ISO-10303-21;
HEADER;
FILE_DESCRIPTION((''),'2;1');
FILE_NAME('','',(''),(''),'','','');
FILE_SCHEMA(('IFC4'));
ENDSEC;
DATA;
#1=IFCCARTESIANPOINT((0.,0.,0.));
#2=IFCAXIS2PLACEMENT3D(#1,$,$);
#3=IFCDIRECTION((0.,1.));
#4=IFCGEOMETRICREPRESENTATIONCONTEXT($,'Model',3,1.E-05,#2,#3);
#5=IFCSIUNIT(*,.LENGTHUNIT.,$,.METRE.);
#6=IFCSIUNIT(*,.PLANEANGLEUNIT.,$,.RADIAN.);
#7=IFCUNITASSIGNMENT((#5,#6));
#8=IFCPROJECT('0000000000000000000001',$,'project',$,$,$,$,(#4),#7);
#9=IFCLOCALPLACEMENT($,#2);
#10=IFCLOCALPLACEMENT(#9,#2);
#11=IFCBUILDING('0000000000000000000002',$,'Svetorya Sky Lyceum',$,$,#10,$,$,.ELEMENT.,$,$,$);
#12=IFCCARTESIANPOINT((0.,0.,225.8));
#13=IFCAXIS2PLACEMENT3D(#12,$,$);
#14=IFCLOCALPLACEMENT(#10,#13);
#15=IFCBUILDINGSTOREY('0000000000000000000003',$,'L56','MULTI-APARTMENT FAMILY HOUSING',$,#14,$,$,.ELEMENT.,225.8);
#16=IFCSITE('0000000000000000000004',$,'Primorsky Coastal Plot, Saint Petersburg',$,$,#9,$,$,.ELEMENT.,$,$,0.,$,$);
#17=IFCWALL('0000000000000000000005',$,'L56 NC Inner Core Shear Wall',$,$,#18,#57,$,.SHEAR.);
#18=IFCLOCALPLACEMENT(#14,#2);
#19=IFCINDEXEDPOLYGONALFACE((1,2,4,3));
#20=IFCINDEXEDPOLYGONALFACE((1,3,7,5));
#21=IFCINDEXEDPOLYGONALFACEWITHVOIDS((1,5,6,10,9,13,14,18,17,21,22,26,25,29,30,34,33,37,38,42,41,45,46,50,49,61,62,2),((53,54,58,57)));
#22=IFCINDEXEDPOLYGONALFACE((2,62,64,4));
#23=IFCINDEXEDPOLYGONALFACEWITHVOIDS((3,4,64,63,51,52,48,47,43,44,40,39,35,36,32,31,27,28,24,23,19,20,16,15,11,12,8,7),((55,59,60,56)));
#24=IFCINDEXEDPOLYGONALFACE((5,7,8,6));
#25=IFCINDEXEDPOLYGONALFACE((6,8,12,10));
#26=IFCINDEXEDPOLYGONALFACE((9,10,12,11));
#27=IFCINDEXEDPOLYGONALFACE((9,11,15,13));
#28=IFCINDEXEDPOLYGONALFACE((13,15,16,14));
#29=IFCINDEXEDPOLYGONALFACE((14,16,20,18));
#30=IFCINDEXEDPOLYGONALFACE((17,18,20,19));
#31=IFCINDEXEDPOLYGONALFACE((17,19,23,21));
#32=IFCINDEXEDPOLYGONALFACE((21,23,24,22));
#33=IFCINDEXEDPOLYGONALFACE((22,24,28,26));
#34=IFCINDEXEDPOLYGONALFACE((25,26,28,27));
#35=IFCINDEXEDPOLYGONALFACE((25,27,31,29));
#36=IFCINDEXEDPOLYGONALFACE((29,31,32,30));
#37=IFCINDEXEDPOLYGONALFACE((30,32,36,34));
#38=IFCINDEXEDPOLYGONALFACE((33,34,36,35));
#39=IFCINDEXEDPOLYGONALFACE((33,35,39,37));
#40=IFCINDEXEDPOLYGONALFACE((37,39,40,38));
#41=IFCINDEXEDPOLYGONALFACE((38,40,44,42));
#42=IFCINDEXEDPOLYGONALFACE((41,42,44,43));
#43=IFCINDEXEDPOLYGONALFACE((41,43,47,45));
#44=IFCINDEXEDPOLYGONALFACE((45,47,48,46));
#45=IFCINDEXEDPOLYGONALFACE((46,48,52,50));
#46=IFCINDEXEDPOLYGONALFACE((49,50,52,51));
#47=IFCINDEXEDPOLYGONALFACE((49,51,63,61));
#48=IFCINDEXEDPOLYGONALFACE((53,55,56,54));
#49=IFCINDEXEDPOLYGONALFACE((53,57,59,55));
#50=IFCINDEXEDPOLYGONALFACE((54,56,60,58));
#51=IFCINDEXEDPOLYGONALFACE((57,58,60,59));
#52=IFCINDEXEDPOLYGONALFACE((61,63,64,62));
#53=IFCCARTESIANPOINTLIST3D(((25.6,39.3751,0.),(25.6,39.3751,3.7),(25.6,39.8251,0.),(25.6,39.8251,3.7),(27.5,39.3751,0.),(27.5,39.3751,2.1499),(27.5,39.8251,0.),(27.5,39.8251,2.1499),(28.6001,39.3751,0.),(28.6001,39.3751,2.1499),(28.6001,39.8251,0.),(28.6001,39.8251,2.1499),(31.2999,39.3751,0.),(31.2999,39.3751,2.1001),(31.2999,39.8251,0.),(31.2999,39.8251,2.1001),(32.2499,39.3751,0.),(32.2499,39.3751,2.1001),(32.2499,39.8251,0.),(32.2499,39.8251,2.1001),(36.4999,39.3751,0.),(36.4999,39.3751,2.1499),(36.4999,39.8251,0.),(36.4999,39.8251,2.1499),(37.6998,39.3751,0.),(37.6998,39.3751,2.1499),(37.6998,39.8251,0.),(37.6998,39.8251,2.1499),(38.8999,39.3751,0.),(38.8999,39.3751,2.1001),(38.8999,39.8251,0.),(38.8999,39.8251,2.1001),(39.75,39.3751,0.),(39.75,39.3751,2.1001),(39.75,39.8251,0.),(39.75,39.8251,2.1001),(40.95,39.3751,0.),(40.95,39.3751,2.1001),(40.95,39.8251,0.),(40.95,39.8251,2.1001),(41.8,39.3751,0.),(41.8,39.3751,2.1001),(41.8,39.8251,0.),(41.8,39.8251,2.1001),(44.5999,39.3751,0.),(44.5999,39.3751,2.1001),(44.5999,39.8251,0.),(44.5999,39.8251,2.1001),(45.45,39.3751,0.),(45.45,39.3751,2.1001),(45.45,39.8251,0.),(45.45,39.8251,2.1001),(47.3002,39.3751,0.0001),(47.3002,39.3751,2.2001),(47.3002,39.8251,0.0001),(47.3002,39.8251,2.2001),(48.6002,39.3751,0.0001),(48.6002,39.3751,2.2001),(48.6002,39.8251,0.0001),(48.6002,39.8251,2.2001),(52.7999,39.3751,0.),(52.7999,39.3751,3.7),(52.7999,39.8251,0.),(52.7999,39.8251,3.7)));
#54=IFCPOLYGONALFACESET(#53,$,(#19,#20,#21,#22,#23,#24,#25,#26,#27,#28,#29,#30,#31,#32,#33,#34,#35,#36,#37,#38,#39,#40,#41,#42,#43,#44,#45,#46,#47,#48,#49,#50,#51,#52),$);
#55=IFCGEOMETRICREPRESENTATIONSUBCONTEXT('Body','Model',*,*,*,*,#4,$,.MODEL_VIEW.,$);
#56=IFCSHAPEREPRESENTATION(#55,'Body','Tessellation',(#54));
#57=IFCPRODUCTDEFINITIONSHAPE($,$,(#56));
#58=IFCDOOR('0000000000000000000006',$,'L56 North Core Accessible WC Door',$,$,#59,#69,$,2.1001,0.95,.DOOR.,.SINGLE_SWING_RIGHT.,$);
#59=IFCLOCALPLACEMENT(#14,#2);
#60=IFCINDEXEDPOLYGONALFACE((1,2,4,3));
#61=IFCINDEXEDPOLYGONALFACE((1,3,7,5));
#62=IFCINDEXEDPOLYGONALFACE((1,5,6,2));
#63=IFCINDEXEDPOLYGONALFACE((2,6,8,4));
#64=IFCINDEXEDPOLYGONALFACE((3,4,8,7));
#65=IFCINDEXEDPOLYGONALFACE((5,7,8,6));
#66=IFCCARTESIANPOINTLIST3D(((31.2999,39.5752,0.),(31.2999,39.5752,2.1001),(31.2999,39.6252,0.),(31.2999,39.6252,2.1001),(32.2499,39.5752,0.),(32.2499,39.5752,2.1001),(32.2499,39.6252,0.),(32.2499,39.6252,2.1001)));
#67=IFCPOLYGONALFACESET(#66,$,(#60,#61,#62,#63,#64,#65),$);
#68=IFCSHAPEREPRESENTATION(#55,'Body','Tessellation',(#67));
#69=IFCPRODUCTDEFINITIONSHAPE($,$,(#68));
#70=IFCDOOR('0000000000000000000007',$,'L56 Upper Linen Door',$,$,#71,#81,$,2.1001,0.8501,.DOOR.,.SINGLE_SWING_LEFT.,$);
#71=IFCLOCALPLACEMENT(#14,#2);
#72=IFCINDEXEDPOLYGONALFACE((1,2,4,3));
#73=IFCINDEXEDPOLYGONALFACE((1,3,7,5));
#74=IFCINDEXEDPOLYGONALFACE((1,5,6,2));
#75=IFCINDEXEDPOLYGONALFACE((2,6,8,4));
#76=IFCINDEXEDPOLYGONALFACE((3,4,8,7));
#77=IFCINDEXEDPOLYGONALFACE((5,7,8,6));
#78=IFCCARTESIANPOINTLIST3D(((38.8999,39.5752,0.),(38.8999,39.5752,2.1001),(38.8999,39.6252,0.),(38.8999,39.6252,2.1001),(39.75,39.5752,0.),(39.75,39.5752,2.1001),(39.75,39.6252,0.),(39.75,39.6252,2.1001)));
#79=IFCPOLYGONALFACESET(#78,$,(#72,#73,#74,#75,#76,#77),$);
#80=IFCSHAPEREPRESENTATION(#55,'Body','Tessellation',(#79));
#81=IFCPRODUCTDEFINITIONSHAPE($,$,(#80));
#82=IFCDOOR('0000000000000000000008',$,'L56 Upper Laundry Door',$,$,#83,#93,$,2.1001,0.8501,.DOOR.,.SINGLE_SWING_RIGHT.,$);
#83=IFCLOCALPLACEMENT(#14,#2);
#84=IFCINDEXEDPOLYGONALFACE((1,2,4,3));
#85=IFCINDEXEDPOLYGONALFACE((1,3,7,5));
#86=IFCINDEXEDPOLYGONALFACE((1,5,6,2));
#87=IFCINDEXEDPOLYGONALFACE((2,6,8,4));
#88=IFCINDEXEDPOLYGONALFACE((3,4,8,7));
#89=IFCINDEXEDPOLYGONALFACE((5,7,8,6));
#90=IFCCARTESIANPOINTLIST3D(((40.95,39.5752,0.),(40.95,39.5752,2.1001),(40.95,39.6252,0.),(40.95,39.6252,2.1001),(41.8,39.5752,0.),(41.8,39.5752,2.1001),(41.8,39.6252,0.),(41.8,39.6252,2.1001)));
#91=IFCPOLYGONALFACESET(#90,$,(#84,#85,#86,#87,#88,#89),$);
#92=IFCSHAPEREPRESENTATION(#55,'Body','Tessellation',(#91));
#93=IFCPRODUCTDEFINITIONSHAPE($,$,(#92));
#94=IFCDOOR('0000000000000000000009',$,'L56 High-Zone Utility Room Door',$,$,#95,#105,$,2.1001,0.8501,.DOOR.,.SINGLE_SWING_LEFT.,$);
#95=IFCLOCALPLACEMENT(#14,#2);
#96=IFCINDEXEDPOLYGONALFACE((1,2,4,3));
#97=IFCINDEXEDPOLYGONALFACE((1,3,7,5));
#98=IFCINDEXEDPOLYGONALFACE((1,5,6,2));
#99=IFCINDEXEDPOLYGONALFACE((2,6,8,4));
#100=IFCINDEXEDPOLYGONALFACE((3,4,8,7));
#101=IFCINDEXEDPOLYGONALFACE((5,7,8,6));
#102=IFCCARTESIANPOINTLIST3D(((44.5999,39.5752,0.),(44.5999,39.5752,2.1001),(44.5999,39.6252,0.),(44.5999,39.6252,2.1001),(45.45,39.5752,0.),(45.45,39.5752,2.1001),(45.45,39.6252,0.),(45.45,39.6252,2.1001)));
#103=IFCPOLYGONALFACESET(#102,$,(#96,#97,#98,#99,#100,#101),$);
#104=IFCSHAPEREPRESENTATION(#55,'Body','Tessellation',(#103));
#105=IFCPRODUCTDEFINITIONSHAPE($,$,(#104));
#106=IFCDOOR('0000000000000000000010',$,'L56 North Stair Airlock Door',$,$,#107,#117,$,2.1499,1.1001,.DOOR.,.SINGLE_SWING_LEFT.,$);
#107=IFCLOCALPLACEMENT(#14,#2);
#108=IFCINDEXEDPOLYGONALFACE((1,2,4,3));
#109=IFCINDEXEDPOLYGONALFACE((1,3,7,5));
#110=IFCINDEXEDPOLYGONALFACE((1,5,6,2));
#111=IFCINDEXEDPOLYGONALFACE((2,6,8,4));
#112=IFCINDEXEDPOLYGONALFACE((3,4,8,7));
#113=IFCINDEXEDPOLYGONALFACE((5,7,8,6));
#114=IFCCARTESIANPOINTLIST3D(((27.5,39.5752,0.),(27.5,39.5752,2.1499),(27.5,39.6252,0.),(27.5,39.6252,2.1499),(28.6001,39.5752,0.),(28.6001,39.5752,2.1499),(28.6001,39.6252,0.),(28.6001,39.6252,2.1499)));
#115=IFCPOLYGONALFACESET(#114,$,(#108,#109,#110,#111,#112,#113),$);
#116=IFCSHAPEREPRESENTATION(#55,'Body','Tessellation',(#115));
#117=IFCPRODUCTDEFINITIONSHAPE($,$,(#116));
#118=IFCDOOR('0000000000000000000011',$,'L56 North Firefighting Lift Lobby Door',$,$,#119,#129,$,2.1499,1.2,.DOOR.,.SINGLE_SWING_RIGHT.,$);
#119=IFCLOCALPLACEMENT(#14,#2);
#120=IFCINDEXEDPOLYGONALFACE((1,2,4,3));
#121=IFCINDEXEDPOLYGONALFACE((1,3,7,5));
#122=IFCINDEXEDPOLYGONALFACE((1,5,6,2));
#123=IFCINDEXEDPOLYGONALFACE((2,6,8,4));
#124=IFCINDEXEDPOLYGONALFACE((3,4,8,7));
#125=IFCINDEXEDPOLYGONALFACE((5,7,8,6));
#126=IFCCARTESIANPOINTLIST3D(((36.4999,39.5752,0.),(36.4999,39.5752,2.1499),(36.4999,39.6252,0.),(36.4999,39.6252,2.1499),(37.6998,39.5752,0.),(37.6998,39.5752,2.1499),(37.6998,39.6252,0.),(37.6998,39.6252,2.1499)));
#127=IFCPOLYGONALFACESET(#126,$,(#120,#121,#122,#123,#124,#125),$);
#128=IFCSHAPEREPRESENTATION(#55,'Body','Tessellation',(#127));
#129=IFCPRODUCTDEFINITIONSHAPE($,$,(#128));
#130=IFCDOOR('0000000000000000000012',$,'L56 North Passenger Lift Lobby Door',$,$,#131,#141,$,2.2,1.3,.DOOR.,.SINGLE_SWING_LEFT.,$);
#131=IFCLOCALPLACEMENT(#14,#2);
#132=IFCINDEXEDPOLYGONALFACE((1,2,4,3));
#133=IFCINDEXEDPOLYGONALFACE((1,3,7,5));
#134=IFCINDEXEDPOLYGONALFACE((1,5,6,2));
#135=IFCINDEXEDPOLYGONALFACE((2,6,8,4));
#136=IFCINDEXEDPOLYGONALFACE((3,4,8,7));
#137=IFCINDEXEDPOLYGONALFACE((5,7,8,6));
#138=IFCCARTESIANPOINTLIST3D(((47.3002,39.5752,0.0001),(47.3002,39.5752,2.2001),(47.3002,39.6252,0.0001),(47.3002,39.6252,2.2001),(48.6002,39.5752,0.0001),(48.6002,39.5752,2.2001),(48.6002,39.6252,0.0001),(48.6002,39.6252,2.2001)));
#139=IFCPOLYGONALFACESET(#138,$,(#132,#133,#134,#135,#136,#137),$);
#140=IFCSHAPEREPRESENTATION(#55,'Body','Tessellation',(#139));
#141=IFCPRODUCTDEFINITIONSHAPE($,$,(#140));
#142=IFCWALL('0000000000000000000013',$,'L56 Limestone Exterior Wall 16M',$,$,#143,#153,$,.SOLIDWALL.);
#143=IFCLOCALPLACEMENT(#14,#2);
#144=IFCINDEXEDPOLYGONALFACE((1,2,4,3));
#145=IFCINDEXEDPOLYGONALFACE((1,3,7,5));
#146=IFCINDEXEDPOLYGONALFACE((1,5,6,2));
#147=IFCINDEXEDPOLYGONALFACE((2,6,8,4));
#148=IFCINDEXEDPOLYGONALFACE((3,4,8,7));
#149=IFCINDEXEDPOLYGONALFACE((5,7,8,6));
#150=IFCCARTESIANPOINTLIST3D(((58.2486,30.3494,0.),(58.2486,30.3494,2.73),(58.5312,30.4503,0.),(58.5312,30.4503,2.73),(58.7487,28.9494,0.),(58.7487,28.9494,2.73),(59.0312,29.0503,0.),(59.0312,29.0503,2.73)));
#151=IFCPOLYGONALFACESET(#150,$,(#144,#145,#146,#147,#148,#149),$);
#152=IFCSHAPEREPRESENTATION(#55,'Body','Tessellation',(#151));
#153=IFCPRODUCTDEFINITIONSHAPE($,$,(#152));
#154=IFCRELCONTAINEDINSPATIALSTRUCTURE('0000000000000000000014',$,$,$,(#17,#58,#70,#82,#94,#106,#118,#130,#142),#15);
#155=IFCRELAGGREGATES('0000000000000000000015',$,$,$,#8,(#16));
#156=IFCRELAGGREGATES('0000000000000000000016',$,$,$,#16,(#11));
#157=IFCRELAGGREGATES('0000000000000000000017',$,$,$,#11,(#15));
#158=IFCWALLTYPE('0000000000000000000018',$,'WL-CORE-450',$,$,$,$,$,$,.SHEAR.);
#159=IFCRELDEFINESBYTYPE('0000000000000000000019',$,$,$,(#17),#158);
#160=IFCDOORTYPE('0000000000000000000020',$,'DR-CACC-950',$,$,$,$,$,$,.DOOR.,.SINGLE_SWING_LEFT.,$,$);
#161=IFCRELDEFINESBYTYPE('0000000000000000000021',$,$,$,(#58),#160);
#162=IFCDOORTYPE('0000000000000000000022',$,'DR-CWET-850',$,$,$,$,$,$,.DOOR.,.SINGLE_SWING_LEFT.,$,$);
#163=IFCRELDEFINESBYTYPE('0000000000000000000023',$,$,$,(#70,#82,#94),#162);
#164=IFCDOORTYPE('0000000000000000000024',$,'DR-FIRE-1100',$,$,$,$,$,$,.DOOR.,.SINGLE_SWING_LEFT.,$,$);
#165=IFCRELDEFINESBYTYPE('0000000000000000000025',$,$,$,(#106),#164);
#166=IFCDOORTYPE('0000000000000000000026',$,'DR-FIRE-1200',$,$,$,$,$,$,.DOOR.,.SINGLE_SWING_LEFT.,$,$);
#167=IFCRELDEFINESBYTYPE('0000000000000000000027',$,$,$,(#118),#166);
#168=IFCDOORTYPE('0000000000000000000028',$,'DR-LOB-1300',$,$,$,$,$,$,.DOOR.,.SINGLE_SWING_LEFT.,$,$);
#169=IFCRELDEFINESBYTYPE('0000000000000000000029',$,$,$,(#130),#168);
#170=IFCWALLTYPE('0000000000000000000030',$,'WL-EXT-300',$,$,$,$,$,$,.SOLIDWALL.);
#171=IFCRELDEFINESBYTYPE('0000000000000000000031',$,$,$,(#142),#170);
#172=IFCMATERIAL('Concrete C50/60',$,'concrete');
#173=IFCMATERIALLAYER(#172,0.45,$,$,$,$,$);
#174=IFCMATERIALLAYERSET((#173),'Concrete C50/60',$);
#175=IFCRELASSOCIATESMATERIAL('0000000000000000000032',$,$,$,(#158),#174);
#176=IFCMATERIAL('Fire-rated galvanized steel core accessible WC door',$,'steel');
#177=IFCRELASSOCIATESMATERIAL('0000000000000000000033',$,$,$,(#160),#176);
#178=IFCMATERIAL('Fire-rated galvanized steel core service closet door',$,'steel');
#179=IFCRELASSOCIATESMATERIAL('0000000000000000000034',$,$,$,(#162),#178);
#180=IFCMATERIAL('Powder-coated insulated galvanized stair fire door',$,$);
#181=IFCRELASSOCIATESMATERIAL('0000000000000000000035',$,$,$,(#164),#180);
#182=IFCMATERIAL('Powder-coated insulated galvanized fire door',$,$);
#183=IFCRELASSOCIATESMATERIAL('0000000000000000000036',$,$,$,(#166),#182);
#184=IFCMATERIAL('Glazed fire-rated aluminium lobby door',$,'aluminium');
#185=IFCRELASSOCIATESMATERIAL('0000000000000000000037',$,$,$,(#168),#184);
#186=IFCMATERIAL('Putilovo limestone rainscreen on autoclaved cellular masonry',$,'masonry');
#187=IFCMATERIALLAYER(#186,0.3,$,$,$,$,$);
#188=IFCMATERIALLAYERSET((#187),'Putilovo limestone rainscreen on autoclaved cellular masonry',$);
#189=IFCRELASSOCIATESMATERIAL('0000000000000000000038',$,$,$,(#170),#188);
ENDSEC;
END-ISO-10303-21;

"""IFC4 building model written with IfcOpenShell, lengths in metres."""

from ifc_helpers import new_model, si_unit, direction, frame, frame_2d, origin, place, context, subcontext, project, spatial, rectangle, extrude, material, layer, layer_set, type_object, element, fill, save


model = new_model("IFC4")

# Units and contexts
model_context = context("Model", 3, precision=1e-05, world=origin(), true_north=direction((0.0, 1.0)))
body_context = subcontext(model_context, "Body", "Model", "MODEL_VIEW")
ifc_project = project(units=[si_unit("LENGTHUNIT", "METRE"), si_unit("PLANEANGLEUNIT", "RADIAN")], contexts=[model_context])

# Site, building, storey
site_placement = place(None, origin())
site = spatial("IfcSite", under=ifc_project, at=site_placement, Name="Primorsky Coastal Plot, Saint Petersburg", CompositionType="ELEMENT", RefElevation=0.0)
building_placement = place(site_placement, origin())
building = spatial("IfcBuilding", under=site, at=building_placement, Name="Svetorya Sky Lyceum", CompositionType="ELEMENT")
storey_placement = place(building_placement, frame((0.0, 0.0, 225.8)))
storey = spatial("IfcBuildingStorey", under=building, at=storey_placement, Name="L56", Description="MULTI-APARTMENT FAMILY HOUSING", CompositionType="ELEMENT", Elevation=225.8)

# Shared definitions
ifc_material_1 = material(Name="Concrete C50/60", Category="concrete")

# Wall, openings, doors
ifc_layer_1 = layer(ifc_material_1, 0.45)
ifc_layer_set_1 = layer_set([ifc_layer_1], Name="Concrete C50/60")
wall_type_1 = type_object("IfcWallType", Name="WL-CORE-450", PredefinedType="SHEAR", material=ifc_layer_set_1)
wall_1_placement = place(storey_placement, frame((52.8, 39.6001, 0.0), z_axis=(0.0, 0.0, 1.0), x_axis=(-1.0, 0.0, 0.0)))
wall_1 = element("IfcWall", 1, at=wall_1_placement, inside=storey, type_object=wall_type_1, Name="L56 NC Inner Core Shear Wall", PredefinedType="SHEAR", context=body_context, shape_type="SweptSolid", body=[
    extrude(rectangle(XDim=27.2, YDim=0.45, at=frame_2d((13.6001, 0.0))), origin(), (0.0, 0.0, 1.0), 3.7),
])
opening_1_placement = place(wall_1_placement, frame((24.2, 0.0, 0.0)))
opening_1 = element("IfcOpeningElement", 2, at=opening_1_placement, cuts=wall_1, PredefinedType="OPENING", context=body_context, shape_type="SweptSolid", body=[
    extrude(rectangle(XDim=1.1001, YDim=2.1499, at=frame_2d((0.55, 1.075))), frame((0.0, 0.2349, 0.0), z_axis=(0.0, -1.0, 0.0), x_axis=(1.0, 0.0, 0.0)), (0.0, 0.0, 1.0), 0.47),
])
opening_2_placement = place(wall_1_placement, frame((20.55, 0.0, 0.0)))
opening_2 = element("IfcOpeningElement", 3, at=opening_2_placement, cuts=wall_1, PredefinedType="OPENING", context=body_context, shape_type="SweptSolid", body=[
    extrude(rectangle(XDim=0.95, YDim=2.1001, at=frame_2d((0.4751, 1.05))), frame((0.0, 0.2349, 0.0), z_axis=(0.0, -1.0, 0.0), x_axis=(1.0, 0.0, 0.0)), (0.0, 0.0, 1.0), 0.47),
])
opening_3_placement = place(wall_1_placement, frame((15.1001, 0.0, 0.0)))
opening_3 = element("IfcOpeningElement", 4, at=opening_3_placement, cuts=wall_1, PredefinedType="OPENING", context=body_context, shape_type="SweptSolid", body=[
    extrude(rectangle(XDim=1.2, YDim=2.1499, at=frame_2d((0.6001, 1.075))), frame((0.0, 0.2349, 0.0), z_axis=(0.0, -1.0, 0.0), x_axis=(1.0, 0.0, 0.0)), (0.0, 0.0, 1.0), 0.47),
])
opening_4_placement = place(wall_1_placement, frame((13.05, 0.0, 0.0)))
opening_4 = element("IfcOpeningElement", 5, at=opening_4_placement, cuts=wall_1, PredefinedType="OPENING", context=body_context, shape_type="SweptSolid", body=[
    extrude(rectangle(XDim=0.8501, YDim=2.1001, at=frame_2d((0.425, 1.05))), frame((0.0, 0.2349, 0.0), z_axis=(0.0, -1.0, 0.0), x_axis=(1.0, 0.0, 0.0)), (0.0, 0.0, 1.0), 0.47),
])
opening_5_placement = place(wall_1_placement, frame((11.0, 0.0, 0.0)))
opening_5 = element("IfcOpeningElement", 6, at=opening_5_placement, cuts=wall_1, PredefinedType="OPENING", context=body_context, shape_type="SweptSolid", body=[
    extrude(rectangle(XDim=0.8501, YDim=2.1001, at=frame_2d((0.425, 1.05))), frame((0.0, 0.2349, 0.0), z_axis=(0.0, -1.0, 0.0), x_axis=(1.0, 0.0, 0.0)), (0.0, 0.0, 1.0), 0.47),
])
opening_6_placement = place(wall_1_placement, frame((7.3501, 0.0, 0.0)))
opening_6 = element("IfcOpeningElement", 7, at=opening_6_placement, cuts=wall_1, PredefinedType="OPENING", context=body_context, shape_type="SweptSolid", body=[
    extrude(rectangle(XDim=0.8501, YDim=2.1001, at=frame_2d((0.425, 1.05))), frame((0.0, 0.2349, 0.0), z_axis=(0.0, -1.0, 0.0), x_axis=(1.0, 0.0, 0.0)), (0.0, 0.0, 1.0), 0.47),
])
opening_7_placement = place(wall_1_placement, frame((4.2, 0.0, 0.0)))
opening_7 = element("IfcOpeningElement", 8, at=opening_7_placement, cuts=wall_1, PredefinedType="OPENING", context=body_context, shape_type="SweptSolid", body=[
    extrude(rectangle(XDim=1.3, YDim=2.2, at=frame_2d((0.6499, 1.1001))), frame((0.0, 0.2349, 0.0), z_axis=(0.0, -1.0, 0.0), x_axis=(1.0, 0.0, 0.0)), (0.0, 0.0, 1.0), 0.47),
])
ifc_material_2 = material(Name="Fire-rated galvanized steel core accessible WC door", Category="steel")
door_type_1 = type_object("IfcDoorType", Name="DR-CACC-950", OperationType="SINGLE_SWING_LEFT", PredefinedType="DOOR", material=ifc_material_2)
door_1_placement = place(opening_2_placement, origin())
door_1 = element("IfcDoor", 9, at=door_1_placement, inside=storey, type_object=door_type_1, Name="L56 North Core Accessible WC Door", OperationType="SINGLE_SWING_RIGHT", OverallHeight=2.1001, OverallWidth=0.95, PredefinedType="DOOR", context=body_context, shape_type="SweptSolid", body=[
    extrude(rectangle(XDim=0.95, YDim=2.1001, at=frame_2d((0.4751, 1.05))), frame((0.0, 0.0249, 0.0), z_axis=(0.0, -1.0, 0.0), x_axis=(1.0, 0.0, 0.0)), (0.0, 0.0, 1.0), 0.05),
])
fill(opening_2, door_1)
ifc_material_3 = material(Name="Fire-rated galvanized steel core service closet door", Category="steel")
door_type_2 = type_object("IfcDoorType", Name="DR-CWET-850", OperationType="SINGLE_SWING_LEFT", PredefinedType="DOOR", material=ifc_material_3)
door_2_placement = place(opening_4_placement, origin())
door_2 = element("IfcDoor", 10, at=door_2_placement, inside=storey, type_object=door_type_2, Name="L56 Upper Linen Door", OperationType="SINGLE_SWING_LEFT", OverallHeight=2.1001, OverallWidth=0.8501, PredefinedType="DOOR", context=body_context, shape_type="SweptSolid", body=[
    extrude(rectangle(XDim=0.8501, YDim=2.1001, at=frame_2d((0.425, 1.05))), frame((0.0, 0.0249, 0.0), z_axis=(0.0, -1.0, 0.0), x_axis=(1.0, 0.0, 0.0)), (0.0, 0.0, 1.0), 0.05),
])
fill(opening_4, door_2)
door_3_placement = place(opening_5_placement, origin())
door_3 = element("IfcDoor", 11, at=door_3_placement, inside=storey, type_object=door_type_2, Name="L56 Upper Laundry Door", OperationType="SINGLE_SWING_RIGHT", OverallHeight=2.1001, OverallWidth=0.8501, PredefinedType="DOOR", context=body_context, shape_type="SweptSolid", body=[
    extrude(rectangle(XDim=0.8501, YDim=2.1001, at=frame_2d((0.425, 1.05))), frame((0.0, 0.0249, 0.0), z_axis=(0.0, -1.0, 0.0), x_axis=(1.0, 0.0, 0.0)), (0.0, 0.0, 1.0), 0.05),
])
fill(opening_5, door_3)
door_4_placement = place(opening_6_placement, origin())
door_4 = element("IfcDoor", 12, at=door_4_placement, inside=storey, type_object=door_type_2, Name="L56 High-Zone Utility Room Door", OperationType="SINGLE_SWING_LEFT", OverallHeight=2.1001, OverallWidth=0.8501, PredefinedType="DOOR", context=body_context, shape_type="SweptSolid", body=[
    extrude(rectangle(XDim=0.8501, YDim=2.1001, at=frame_2d((0.425, 1.05))), frame((0.0, 0.0249, 0.0), z_axis=(0.0, -1.0, 0.0), x_axis=(1.0, 0.0, 0.0)), (0.0, 0.0, 1.0), 0.05),
])
fill(opening_6, door_4)
ifc_material_4 = material(Name="Powder-coated insulated galvanized stair fire door")
door_type_3 = type_object("IfcDoorType", Name="DR-FIRE-1100", OperationType="SINGLE_SWING_LEFT", PredefinedType="DOOR", material=ifc_material_4)
door_5_placement = place(opening_1_placement, origin())
door_5 = element("IfcDoor", 13, at=door_5_placement, inside=storey, type_object=door_type_3, Name="L56 North Stair Airlock Door", OperationType="SINGLE_SWING_LEFT", OverallHeight=2.1499, OverallWidth=1.1001, PredefinedType="DOOR", context=body_context, shape_type="SweptSolid", body=[
    extrude(rectangle(XDim=1.1001, YDim=2.1499, at=frame_2d((0.55, 1.075))), frame((0.0, 0.0249, 0.0), z_axis=(0.0, -1.0, 0.0), x_axis=(1.0, 0.0, 0.0)), (0.0, 0.0, 1.0), 0.05),
])
fill(opening_1, door_5)
ifc_material_5 = material(Name="Powder-coated insulated galvanized fire door")
door_type_4 = type_object("IfcDoorType", Name="DR-FIRE-1200", OperationType="SINGLE_SWING_LEFT", PredefinedType="DOOR", material=ifc_material_5)
door_6_placement = place(opening_3_placement, origin())
door_6 = element("IfcDoor", 14, at=door_6_placement, inside=storey, type_object=door_type_4, Name="L56 North Firefighting Lift Lobby Door", OperationType="SINGLE_SWING_RIGHT", OverallHeight=2.1499, OverallWidth=1.2, PredefinedType="DOOR", context=body_context, shape_type="SweptSolid", body=[
    extrude(rectangle(XDim=1.2, YDim=2.1499, at=frame_2d((0.6001, 1.075))), frame((0.0, 0.0249, 0.0), z_axis=(0.0, -1.0, 0.0), x_axis=(1.0, 0.0, 0.0)), (0.0, 0.0, 1.0), 0.05),
])
fill(opening_3, door_6)
ifc_material_6 = material(Name="Glazed fire-rated aluminium lobby door", Category="aluminium")
door_type_5 = type_object("IfcDoorType", Name="DR-LOB-1300", OperationType="SINGLE_SWING_LEFT", PredefinedType="DOOR", material=ifc_material_6)
door_7_placement = place(opening_7_placement, origin())
door_7 = element("IfcDoor", 15, at=door_7_placement, inside=storey, type_object=door_type_5, Name="L56 North Passenger Lift Lobby Door", OperationType="SINGLE_SWING_LEFT", OverallHeight=2.2, OverallWidth=1.3, PredefinedType="DOOR", context=body_context, shape_type="SweptSolid", body=[
    extrude(rectangle(XDim=1.3, YDim=2.2, at=frame_2d((0.6499, 1.1001))), frame((0.0, 0.0249, 0.0), z_axis=(0.0, -1.0, 0.0), x_axis=(1.0, 0.0, 0.0)), (0.0, 0.0, 1.0), 0.05),
])
fill(opening_7, door_7)

# Wall
ifc_material_7 = material(Name="Putilovo limestone rainscreen on autoclaved cellular masonry", Category="masonry")
ifc_layer_2 = layer(ifc_material_7, 0.3)
ifc_layer_set_2 = layer_set([ifc_layer_2], Name="Putilovo limestone rainscreen on autoclaved cellular masonry")
wall_type_2 = type_object("IfcWallType", Name="WL-EXT-300", PredefinedType="SOLIDWALL", material=ifc_layer_set_2)
wall_2_placement = place(storey_placement, frame((58.8899, 29.0, 0.0), z_axis=(0.0, 0.0, 1.0), x_axis=(-0.336357, 0.941734, 0.0)))
element("IfcWall", 16, at=wall_2_placement, inside=storey, type_object=wall_type_2, Name="L56 Limestone Exterior Wall 16M", PredefinedType="SOLIDWALL", context=body_context, shape_type="SweptSolid", body=[
    extrude(rectangle(XDim=1.4866, YDim=0.3, at=frame_2d((0.7432, 0.0))), origin(), (0.0, 0.0, 1.0), 2.73),
])

save(model, "model.ifc")
